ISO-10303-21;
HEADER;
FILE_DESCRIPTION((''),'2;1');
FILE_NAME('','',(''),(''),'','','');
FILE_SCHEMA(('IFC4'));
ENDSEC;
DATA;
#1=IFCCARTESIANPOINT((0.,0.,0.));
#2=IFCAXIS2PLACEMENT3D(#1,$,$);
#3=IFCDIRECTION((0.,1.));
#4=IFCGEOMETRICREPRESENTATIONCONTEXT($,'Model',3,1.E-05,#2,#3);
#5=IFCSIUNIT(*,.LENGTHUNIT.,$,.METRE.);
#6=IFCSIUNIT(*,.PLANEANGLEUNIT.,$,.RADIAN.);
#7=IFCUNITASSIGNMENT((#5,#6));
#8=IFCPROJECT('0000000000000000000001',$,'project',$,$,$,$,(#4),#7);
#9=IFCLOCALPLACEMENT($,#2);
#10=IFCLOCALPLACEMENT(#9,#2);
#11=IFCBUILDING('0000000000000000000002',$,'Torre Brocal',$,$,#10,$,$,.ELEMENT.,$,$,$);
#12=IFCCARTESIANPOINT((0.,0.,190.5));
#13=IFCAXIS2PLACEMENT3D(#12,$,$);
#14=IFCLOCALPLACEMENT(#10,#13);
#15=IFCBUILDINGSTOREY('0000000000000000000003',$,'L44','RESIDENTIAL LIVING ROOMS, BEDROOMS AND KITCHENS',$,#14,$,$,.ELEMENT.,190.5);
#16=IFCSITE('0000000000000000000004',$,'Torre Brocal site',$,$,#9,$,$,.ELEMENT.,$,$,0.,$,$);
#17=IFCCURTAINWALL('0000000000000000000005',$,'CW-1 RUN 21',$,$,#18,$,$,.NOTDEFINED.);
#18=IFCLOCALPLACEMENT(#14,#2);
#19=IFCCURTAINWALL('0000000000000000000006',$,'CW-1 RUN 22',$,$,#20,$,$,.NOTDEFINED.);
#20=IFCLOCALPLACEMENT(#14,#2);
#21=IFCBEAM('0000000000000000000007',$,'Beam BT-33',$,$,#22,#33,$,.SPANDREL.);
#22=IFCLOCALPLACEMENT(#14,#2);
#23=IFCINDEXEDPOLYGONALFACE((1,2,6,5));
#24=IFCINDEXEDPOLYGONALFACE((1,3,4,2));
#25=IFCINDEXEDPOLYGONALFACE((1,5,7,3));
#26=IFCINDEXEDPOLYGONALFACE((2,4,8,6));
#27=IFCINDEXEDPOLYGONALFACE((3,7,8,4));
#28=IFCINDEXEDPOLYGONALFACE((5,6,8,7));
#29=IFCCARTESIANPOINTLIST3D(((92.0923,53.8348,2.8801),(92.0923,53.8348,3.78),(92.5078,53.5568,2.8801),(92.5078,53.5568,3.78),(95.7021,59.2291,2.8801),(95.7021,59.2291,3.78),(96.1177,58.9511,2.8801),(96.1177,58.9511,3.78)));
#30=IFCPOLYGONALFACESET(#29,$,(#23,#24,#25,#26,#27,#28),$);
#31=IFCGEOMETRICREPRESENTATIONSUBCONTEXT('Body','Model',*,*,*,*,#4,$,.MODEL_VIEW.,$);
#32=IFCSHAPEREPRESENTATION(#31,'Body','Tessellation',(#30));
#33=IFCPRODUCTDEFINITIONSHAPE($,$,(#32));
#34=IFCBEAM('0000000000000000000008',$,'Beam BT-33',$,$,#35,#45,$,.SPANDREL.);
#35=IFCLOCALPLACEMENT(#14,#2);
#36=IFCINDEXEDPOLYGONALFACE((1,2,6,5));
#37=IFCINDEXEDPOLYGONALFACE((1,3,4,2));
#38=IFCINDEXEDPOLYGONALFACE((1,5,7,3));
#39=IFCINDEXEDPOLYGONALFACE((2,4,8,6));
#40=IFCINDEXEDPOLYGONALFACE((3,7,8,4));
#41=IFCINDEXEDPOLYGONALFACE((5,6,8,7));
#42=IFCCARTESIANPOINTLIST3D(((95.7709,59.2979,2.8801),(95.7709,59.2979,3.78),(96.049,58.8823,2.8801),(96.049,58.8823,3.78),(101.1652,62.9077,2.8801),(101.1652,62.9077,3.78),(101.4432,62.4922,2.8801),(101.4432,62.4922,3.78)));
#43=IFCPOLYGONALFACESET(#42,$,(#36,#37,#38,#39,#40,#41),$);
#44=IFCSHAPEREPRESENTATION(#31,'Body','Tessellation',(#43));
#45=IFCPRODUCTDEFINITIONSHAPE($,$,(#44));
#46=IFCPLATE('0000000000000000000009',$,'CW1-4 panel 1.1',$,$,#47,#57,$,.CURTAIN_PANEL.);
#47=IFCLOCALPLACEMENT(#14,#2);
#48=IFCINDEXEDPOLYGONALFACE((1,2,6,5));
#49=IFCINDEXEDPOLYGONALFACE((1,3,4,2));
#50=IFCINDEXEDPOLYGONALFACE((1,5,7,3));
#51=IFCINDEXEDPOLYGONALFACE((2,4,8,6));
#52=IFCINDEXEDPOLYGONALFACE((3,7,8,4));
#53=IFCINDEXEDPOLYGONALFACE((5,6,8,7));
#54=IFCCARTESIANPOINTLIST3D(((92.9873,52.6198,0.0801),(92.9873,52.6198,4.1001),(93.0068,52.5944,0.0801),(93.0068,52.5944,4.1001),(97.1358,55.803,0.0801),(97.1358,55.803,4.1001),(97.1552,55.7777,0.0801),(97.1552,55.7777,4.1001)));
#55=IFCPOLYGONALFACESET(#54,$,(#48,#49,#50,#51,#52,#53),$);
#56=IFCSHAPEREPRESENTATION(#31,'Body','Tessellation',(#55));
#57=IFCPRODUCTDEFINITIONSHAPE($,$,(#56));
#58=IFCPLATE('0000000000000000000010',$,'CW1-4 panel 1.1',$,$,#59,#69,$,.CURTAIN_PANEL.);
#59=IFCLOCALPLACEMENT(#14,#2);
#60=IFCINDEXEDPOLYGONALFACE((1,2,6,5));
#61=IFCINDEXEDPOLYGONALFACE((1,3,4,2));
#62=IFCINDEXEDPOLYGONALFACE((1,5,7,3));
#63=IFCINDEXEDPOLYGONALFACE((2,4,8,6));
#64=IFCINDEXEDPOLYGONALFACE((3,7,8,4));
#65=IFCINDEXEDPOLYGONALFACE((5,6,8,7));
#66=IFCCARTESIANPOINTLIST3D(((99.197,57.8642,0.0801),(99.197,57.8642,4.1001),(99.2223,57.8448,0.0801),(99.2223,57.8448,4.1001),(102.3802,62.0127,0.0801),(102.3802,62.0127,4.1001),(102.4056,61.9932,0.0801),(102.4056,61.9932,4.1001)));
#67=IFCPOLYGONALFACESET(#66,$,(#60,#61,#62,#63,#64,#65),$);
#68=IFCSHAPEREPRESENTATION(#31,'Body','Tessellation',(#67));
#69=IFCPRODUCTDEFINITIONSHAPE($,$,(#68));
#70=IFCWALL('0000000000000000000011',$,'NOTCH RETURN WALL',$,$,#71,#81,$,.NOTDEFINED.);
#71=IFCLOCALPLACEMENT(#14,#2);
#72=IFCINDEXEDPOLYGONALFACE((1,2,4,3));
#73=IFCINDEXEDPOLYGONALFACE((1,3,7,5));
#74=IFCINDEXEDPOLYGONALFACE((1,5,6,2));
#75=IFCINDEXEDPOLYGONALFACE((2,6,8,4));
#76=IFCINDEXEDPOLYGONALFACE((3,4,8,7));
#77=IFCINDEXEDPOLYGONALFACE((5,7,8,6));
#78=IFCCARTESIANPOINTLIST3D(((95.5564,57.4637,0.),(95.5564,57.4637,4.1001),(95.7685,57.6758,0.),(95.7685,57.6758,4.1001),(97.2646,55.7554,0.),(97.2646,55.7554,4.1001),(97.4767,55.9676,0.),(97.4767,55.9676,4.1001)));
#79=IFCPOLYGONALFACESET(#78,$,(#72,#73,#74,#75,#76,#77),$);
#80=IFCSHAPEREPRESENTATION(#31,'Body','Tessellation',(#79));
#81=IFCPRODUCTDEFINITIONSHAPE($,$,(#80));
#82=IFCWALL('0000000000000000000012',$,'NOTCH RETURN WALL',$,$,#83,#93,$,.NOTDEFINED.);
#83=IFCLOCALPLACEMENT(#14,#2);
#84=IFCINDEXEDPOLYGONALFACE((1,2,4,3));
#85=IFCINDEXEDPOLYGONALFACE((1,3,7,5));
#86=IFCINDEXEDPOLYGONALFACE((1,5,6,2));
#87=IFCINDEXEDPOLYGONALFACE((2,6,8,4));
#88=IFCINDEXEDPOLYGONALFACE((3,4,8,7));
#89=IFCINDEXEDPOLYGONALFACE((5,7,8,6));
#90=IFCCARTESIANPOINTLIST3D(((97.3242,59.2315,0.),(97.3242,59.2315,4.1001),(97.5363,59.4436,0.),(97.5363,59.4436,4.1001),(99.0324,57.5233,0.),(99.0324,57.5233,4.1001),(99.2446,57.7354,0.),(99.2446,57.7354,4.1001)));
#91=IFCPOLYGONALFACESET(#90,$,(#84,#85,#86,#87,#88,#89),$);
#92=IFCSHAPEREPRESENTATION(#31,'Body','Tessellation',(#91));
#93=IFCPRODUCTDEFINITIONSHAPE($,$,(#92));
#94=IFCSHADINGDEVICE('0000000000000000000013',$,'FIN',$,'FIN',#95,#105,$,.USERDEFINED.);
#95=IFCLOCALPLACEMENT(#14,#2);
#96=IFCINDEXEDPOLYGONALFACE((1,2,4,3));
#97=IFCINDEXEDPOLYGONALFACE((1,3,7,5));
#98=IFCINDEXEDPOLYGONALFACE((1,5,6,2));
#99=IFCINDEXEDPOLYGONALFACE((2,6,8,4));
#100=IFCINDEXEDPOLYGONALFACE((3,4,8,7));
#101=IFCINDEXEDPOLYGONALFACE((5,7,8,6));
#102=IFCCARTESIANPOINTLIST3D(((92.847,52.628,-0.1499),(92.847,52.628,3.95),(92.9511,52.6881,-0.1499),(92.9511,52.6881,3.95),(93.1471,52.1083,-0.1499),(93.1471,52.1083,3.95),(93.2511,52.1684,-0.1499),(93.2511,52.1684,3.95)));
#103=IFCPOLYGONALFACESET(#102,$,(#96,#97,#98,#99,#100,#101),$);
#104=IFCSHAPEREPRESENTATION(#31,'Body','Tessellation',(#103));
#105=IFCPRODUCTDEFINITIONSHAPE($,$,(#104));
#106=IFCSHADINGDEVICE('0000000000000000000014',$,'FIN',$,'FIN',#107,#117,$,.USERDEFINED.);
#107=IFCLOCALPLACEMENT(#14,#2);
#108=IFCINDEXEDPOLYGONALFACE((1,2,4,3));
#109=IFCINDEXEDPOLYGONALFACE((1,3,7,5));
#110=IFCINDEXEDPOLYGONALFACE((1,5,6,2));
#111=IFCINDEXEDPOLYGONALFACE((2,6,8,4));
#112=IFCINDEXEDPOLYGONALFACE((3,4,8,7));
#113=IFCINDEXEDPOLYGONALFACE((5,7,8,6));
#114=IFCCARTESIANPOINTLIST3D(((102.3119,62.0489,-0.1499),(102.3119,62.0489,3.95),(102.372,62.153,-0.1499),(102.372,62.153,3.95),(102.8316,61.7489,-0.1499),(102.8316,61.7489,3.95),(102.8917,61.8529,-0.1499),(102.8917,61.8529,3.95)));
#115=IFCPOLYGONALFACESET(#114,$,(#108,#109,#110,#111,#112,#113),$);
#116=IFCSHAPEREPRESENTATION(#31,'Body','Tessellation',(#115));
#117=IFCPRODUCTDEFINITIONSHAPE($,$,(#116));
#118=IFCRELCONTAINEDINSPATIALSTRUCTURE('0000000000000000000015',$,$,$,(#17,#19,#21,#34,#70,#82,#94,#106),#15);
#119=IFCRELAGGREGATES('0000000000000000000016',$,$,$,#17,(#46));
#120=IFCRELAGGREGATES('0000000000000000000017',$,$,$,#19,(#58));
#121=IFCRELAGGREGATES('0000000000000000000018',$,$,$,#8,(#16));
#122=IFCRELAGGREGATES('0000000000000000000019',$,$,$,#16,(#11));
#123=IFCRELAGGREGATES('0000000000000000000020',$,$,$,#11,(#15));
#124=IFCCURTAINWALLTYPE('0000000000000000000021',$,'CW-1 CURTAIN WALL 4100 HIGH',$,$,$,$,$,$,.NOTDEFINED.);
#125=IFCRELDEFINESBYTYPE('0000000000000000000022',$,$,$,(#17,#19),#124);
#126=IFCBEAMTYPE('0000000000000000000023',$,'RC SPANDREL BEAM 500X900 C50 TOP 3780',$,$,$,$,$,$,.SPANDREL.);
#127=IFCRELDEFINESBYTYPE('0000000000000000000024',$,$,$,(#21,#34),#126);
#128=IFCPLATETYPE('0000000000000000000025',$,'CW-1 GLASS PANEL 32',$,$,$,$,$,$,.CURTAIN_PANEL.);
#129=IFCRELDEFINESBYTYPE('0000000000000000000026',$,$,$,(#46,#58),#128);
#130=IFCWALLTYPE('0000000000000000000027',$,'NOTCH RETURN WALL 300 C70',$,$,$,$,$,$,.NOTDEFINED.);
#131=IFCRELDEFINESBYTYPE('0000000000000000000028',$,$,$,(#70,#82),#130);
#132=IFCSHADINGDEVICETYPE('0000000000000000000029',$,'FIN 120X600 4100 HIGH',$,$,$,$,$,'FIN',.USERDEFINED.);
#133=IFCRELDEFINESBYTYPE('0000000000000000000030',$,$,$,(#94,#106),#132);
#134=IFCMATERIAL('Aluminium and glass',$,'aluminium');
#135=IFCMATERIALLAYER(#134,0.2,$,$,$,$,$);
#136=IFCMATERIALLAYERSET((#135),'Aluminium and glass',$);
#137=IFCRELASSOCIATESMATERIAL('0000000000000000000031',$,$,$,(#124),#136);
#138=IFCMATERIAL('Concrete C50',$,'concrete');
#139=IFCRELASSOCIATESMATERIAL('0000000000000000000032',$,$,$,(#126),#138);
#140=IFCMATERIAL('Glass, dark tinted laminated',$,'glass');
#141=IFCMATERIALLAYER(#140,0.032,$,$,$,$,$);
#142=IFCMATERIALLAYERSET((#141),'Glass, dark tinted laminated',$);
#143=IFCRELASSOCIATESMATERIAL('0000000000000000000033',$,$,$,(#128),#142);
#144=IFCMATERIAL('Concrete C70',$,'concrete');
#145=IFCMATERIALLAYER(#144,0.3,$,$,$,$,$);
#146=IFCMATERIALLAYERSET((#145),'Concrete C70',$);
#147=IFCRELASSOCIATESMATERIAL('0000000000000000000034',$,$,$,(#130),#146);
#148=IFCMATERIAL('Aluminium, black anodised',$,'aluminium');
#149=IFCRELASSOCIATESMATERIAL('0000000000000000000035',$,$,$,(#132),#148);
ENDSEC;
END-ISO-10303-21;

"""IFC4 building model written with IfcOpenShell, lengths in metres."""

from ifc_helpers import new_model, si_unit, direction, frame, frame_2d, origin, origin_2d, place, context, subcontext, project, spatial, rectangle, extrude, material, layer, layer_set, material_profile, profile_set, type_object, element, aggregate, save


model = new_model("IFC4")

# Units and contexts
model_context = context("Model", 3, precision=1e-05, world=origin(), true_north=direction((0.0, 1.0)))
body_context = subcontext(model_context, "Body", "Model", "MODEL_VIEW")
ifc_project = project(units=[si_unit("LENGTHUNIT", "METRE"), si_unit("PLANEANGLEUNIT", "RADIAN")], contexts=[model_context])

# Site, building, storey
site_placement = place(None, origin())
site = spatial("IfcSite", under=ifc_project, at=site_placement, Name="Torre Brocal site", CompositionType="ELEMENT", RefElevation=0.0)
building_placement = place(site_placement, origin())
building = spatial("IfcBuilding", under=site, at=building_placement, Name="Torre Brocal", CompositionType="ELEMENT")
storey_placement = place(building_placement, frame((0.0, 0.0, 190.5)))
storey = spatial("IfcBuildingStorey", under=building, at=storey_placement, Name="L44", Description="RESIDENTIAL LIVING ROOMS, BEDROOMS AND KITCHENS", CompositionType="ELEMENT", Elevation=190.5)

# Shared definitions
ifc_material_1 = material(Name="Aluminium and glass", Category="aluminium")
ifc_layer_1 = layer(ifc_material_1, 0.2)
ifc_layer_set_1 = layer_set([ifc_layer_1], Name="Aluminium and glass")
curtain_wall_type = type_object("IfcCurtainWallType", Name="CW-1 CURTAIN WALL 4100 HIGH", PredefinedType="NOTDEFINED", material=ifc_layer_set_1)

# Curtain walls
curtain_wall_1_placement = place(storey_placement, origin())
curtain_wall_1 = element("IfcCurtainWall", 1, at=curtain_wall_1_placement, inside=storey, type_object=curtain_wall_type, Name="CW-1 RUN 21", PredefinedType="NOTDEFINED")
curtain_wall_2_placement = place(storey_placement, origin())
curtain_wall_2 = element("IfcCurtainWall", 2, at=curtain_wall_2_placement, inside=storey, type_object=curtain_wall_type, Name="CW-1 RUN 22", PredefinedType="NOTDEFINED")

# Beams
ifc_material_2 = material(Name="Concrete C50", Category="concrete")
ifc_material_profile_1 = material_profile(ifc_material_2, rectangle(XDim=0.5, YDim=0.8999, at=origin_2d()), Name="RC 500X900")
ifc_profile_set_1 = profile_set([ifc_material_profile_1], Name="Concrete C50")
beam_type_1 = type_object("IfcBeamType", Name="RC SPANDREL BEAM 500X900 C50 TOP 3780", PredefinedType="SPANDREL", material=ifc_profile_set_1)
for number, where, z_axis, x_axis, name in (
    (3, (92.3, 53.6958, 3.3301), (0.556158, 0.831077, 0.0), (-0.831077, 0.556158, 0.0), "Beam BT-33"),
    (4, (95.9099, 59.0901, 3.3301), (0.831077, 0.556158, 0.0), (-0.556158, 0.831077, 0.0), "Beam BT-33"),
):
    element("IfcBeam", number, at=place(storey_placement, frame(where, z_axis=z_axis, x_axis=x_axis)), inside=storey, type_object=beam_type_1, Name=name, PredefinedType="SPANDREL", context=body_context, shape_type="SweptSolid", body=[
        extrude(rectangle(XDim=0.5, YDim=0.8999, at=origin_2d()), origin(), (0.0, 0.0, 1.0), 6.4907),
    ])

# Plates
ifc_material_3 = material(Name="Glass, dark tinted laminated", Category="glass")
ifc_layer_2 = layer(ifc_material_3, 0.032)
ifc_layer_set_2 = layer_set([ifc_layer_2], Name="Glass, dark tinted laminated")
plate_type = type_object("IfcPlateType", Name="CW-1 GLASS PANEL 32", PredefinedType="CURTAIN_PANEL", material=ifc_layer_set_2)
plate_1_placement = place(storey_placement, frame((95.0713, 54.1987, 0.0801), z_axis=(0.0, 0.0, 1.0), x_axis=(0.793353, 0.608761, 0.0)))
plate_1 = element("IfcPlate", 5, at=plate_1_placement, type_object=plate_type, Name="CW1-4 panel 1.1", PredefinedType="CURTAIN_PANEL", context=body_context, shape_type="SweptSolid", body=[
    extrude(rectangle(XDim=5.229, YDim=0.032, at=origin_2d()), origin(), (0.0, 0.0, 1.0), 4.02),
])
aggregate(curtain_wall_1, [plate_1])
plate_2_placement = place(storey_placement, frame((100.8013, 59.9287, 0.0801), z_axis=(0.0, 0.0, 1.0), x_axis=(0.608761, 0.793353, 0.0)))
plate_2 = element("IfcPlate", 6, at=plate_2_placement, type_object=plate_type, Name="CW1-4 panel 1.1", PredefinedType="CURTAIN_PANEL", context=body_context, shape_type="SweptSolid", body=[
    extrude(rectangle(XDim=5.229, YDim=0.032, at=origin_2d()), origin(), (0.0, 0.0, 1.0), 4.02),
])
aggregate(curtain_wall_2, [plate_2])

# Walls
ifc_material_4 = material(Name="Concrete C70", Category="concrete")
ifc_layer_3 = layer(ifc_material_4, 0.3)
ifc_layer_set_3 = layer_set([ifc_layer_3], Name="Concrete C70")
wall_type = type_object("IfcWallType", Name="NOTCH RETURN WALL 300 C70", PredefinedType="NOTDEFINED", material=ifc_layer_set_3)
for number, where, z_axis, x_axis, name in (
    (7, (95.6624, 57.5698, 0.0), (0.0, 0.0, 1.0), (0.707107, -0.707107, 0.0), "NOTCH RETURN WALL"),
    (8, (97.4302, 59.3376, 0.0), (0.0, 0.0, 1.0), (0.707107, -0.707107, 0.0), "NOTCH RETURN WALL"),
):
    element("IfcWall", number, at=place(storey_placement, frame(where, z_axis=z_axis, x_axis=x_axis)), inside=storey, type_object=wall_type, Name=name, PredefinedType="NOTDEFINED", context=body_context, shape_type="SweptSolid", body=[
        extrude(rectangle(XDim=2.4158, YDim=0.3, at=frame_2d((1.208, 0.0))), origin(), (0.0, 0.0, 1.0), 4.1001),
    ])

# Shading devices
ifc_material_5 = material(Name="Aluminium, black anodised", Category="aluminium")
ifc_material_profile_2 = material_profile(ifc_material_5, rectangle(XDim=0.1201, YDim=0.6001, at=origin_2d()), Name="FIN 120X600 4100 HIGH")
ifc_profile_set_2 = profile_set([ifc_material_profile_2], Name="Aluminium, black anodised")
shading_device_type = type_object("IfcShadingDeviceType", Name="FIN 120X600 4100 HIGH", ElementType="FIN", PredefinedType="USERDEFINED", material=ifc_profile_set_2)
for number, where, z_axis, x_axis, name in (
    (9, (93.0491, 52.3982, -0.1499), (0.0, 0.0, 1.0), (0.866025, 0.5, 0.0), "FIN"),
    (10, (102.6018, 61.9509, -0.1499), (0.0, 0.0, 1.0), (0.5, 0.866025, 0.0), "FIN"),
):
    element("IfcShadingDevice", number, at=place(storey_placement, frame(where, z_axis=z_axis, x_axis=x_axis)), inside=storey, type_object=shading_device_type, Name=name, ObjectType="FIN", PredefinedType="USERDEFINED", context=body_context, shape_type="SweptSolid", body=[
        extrude(rectangle(XDim=0.1201, YDim=0.6001, at=origin_2d()), origin(), (0.0, 0.0, 1.0), 4.0999),
    ])

save(model, "model.ifc")
